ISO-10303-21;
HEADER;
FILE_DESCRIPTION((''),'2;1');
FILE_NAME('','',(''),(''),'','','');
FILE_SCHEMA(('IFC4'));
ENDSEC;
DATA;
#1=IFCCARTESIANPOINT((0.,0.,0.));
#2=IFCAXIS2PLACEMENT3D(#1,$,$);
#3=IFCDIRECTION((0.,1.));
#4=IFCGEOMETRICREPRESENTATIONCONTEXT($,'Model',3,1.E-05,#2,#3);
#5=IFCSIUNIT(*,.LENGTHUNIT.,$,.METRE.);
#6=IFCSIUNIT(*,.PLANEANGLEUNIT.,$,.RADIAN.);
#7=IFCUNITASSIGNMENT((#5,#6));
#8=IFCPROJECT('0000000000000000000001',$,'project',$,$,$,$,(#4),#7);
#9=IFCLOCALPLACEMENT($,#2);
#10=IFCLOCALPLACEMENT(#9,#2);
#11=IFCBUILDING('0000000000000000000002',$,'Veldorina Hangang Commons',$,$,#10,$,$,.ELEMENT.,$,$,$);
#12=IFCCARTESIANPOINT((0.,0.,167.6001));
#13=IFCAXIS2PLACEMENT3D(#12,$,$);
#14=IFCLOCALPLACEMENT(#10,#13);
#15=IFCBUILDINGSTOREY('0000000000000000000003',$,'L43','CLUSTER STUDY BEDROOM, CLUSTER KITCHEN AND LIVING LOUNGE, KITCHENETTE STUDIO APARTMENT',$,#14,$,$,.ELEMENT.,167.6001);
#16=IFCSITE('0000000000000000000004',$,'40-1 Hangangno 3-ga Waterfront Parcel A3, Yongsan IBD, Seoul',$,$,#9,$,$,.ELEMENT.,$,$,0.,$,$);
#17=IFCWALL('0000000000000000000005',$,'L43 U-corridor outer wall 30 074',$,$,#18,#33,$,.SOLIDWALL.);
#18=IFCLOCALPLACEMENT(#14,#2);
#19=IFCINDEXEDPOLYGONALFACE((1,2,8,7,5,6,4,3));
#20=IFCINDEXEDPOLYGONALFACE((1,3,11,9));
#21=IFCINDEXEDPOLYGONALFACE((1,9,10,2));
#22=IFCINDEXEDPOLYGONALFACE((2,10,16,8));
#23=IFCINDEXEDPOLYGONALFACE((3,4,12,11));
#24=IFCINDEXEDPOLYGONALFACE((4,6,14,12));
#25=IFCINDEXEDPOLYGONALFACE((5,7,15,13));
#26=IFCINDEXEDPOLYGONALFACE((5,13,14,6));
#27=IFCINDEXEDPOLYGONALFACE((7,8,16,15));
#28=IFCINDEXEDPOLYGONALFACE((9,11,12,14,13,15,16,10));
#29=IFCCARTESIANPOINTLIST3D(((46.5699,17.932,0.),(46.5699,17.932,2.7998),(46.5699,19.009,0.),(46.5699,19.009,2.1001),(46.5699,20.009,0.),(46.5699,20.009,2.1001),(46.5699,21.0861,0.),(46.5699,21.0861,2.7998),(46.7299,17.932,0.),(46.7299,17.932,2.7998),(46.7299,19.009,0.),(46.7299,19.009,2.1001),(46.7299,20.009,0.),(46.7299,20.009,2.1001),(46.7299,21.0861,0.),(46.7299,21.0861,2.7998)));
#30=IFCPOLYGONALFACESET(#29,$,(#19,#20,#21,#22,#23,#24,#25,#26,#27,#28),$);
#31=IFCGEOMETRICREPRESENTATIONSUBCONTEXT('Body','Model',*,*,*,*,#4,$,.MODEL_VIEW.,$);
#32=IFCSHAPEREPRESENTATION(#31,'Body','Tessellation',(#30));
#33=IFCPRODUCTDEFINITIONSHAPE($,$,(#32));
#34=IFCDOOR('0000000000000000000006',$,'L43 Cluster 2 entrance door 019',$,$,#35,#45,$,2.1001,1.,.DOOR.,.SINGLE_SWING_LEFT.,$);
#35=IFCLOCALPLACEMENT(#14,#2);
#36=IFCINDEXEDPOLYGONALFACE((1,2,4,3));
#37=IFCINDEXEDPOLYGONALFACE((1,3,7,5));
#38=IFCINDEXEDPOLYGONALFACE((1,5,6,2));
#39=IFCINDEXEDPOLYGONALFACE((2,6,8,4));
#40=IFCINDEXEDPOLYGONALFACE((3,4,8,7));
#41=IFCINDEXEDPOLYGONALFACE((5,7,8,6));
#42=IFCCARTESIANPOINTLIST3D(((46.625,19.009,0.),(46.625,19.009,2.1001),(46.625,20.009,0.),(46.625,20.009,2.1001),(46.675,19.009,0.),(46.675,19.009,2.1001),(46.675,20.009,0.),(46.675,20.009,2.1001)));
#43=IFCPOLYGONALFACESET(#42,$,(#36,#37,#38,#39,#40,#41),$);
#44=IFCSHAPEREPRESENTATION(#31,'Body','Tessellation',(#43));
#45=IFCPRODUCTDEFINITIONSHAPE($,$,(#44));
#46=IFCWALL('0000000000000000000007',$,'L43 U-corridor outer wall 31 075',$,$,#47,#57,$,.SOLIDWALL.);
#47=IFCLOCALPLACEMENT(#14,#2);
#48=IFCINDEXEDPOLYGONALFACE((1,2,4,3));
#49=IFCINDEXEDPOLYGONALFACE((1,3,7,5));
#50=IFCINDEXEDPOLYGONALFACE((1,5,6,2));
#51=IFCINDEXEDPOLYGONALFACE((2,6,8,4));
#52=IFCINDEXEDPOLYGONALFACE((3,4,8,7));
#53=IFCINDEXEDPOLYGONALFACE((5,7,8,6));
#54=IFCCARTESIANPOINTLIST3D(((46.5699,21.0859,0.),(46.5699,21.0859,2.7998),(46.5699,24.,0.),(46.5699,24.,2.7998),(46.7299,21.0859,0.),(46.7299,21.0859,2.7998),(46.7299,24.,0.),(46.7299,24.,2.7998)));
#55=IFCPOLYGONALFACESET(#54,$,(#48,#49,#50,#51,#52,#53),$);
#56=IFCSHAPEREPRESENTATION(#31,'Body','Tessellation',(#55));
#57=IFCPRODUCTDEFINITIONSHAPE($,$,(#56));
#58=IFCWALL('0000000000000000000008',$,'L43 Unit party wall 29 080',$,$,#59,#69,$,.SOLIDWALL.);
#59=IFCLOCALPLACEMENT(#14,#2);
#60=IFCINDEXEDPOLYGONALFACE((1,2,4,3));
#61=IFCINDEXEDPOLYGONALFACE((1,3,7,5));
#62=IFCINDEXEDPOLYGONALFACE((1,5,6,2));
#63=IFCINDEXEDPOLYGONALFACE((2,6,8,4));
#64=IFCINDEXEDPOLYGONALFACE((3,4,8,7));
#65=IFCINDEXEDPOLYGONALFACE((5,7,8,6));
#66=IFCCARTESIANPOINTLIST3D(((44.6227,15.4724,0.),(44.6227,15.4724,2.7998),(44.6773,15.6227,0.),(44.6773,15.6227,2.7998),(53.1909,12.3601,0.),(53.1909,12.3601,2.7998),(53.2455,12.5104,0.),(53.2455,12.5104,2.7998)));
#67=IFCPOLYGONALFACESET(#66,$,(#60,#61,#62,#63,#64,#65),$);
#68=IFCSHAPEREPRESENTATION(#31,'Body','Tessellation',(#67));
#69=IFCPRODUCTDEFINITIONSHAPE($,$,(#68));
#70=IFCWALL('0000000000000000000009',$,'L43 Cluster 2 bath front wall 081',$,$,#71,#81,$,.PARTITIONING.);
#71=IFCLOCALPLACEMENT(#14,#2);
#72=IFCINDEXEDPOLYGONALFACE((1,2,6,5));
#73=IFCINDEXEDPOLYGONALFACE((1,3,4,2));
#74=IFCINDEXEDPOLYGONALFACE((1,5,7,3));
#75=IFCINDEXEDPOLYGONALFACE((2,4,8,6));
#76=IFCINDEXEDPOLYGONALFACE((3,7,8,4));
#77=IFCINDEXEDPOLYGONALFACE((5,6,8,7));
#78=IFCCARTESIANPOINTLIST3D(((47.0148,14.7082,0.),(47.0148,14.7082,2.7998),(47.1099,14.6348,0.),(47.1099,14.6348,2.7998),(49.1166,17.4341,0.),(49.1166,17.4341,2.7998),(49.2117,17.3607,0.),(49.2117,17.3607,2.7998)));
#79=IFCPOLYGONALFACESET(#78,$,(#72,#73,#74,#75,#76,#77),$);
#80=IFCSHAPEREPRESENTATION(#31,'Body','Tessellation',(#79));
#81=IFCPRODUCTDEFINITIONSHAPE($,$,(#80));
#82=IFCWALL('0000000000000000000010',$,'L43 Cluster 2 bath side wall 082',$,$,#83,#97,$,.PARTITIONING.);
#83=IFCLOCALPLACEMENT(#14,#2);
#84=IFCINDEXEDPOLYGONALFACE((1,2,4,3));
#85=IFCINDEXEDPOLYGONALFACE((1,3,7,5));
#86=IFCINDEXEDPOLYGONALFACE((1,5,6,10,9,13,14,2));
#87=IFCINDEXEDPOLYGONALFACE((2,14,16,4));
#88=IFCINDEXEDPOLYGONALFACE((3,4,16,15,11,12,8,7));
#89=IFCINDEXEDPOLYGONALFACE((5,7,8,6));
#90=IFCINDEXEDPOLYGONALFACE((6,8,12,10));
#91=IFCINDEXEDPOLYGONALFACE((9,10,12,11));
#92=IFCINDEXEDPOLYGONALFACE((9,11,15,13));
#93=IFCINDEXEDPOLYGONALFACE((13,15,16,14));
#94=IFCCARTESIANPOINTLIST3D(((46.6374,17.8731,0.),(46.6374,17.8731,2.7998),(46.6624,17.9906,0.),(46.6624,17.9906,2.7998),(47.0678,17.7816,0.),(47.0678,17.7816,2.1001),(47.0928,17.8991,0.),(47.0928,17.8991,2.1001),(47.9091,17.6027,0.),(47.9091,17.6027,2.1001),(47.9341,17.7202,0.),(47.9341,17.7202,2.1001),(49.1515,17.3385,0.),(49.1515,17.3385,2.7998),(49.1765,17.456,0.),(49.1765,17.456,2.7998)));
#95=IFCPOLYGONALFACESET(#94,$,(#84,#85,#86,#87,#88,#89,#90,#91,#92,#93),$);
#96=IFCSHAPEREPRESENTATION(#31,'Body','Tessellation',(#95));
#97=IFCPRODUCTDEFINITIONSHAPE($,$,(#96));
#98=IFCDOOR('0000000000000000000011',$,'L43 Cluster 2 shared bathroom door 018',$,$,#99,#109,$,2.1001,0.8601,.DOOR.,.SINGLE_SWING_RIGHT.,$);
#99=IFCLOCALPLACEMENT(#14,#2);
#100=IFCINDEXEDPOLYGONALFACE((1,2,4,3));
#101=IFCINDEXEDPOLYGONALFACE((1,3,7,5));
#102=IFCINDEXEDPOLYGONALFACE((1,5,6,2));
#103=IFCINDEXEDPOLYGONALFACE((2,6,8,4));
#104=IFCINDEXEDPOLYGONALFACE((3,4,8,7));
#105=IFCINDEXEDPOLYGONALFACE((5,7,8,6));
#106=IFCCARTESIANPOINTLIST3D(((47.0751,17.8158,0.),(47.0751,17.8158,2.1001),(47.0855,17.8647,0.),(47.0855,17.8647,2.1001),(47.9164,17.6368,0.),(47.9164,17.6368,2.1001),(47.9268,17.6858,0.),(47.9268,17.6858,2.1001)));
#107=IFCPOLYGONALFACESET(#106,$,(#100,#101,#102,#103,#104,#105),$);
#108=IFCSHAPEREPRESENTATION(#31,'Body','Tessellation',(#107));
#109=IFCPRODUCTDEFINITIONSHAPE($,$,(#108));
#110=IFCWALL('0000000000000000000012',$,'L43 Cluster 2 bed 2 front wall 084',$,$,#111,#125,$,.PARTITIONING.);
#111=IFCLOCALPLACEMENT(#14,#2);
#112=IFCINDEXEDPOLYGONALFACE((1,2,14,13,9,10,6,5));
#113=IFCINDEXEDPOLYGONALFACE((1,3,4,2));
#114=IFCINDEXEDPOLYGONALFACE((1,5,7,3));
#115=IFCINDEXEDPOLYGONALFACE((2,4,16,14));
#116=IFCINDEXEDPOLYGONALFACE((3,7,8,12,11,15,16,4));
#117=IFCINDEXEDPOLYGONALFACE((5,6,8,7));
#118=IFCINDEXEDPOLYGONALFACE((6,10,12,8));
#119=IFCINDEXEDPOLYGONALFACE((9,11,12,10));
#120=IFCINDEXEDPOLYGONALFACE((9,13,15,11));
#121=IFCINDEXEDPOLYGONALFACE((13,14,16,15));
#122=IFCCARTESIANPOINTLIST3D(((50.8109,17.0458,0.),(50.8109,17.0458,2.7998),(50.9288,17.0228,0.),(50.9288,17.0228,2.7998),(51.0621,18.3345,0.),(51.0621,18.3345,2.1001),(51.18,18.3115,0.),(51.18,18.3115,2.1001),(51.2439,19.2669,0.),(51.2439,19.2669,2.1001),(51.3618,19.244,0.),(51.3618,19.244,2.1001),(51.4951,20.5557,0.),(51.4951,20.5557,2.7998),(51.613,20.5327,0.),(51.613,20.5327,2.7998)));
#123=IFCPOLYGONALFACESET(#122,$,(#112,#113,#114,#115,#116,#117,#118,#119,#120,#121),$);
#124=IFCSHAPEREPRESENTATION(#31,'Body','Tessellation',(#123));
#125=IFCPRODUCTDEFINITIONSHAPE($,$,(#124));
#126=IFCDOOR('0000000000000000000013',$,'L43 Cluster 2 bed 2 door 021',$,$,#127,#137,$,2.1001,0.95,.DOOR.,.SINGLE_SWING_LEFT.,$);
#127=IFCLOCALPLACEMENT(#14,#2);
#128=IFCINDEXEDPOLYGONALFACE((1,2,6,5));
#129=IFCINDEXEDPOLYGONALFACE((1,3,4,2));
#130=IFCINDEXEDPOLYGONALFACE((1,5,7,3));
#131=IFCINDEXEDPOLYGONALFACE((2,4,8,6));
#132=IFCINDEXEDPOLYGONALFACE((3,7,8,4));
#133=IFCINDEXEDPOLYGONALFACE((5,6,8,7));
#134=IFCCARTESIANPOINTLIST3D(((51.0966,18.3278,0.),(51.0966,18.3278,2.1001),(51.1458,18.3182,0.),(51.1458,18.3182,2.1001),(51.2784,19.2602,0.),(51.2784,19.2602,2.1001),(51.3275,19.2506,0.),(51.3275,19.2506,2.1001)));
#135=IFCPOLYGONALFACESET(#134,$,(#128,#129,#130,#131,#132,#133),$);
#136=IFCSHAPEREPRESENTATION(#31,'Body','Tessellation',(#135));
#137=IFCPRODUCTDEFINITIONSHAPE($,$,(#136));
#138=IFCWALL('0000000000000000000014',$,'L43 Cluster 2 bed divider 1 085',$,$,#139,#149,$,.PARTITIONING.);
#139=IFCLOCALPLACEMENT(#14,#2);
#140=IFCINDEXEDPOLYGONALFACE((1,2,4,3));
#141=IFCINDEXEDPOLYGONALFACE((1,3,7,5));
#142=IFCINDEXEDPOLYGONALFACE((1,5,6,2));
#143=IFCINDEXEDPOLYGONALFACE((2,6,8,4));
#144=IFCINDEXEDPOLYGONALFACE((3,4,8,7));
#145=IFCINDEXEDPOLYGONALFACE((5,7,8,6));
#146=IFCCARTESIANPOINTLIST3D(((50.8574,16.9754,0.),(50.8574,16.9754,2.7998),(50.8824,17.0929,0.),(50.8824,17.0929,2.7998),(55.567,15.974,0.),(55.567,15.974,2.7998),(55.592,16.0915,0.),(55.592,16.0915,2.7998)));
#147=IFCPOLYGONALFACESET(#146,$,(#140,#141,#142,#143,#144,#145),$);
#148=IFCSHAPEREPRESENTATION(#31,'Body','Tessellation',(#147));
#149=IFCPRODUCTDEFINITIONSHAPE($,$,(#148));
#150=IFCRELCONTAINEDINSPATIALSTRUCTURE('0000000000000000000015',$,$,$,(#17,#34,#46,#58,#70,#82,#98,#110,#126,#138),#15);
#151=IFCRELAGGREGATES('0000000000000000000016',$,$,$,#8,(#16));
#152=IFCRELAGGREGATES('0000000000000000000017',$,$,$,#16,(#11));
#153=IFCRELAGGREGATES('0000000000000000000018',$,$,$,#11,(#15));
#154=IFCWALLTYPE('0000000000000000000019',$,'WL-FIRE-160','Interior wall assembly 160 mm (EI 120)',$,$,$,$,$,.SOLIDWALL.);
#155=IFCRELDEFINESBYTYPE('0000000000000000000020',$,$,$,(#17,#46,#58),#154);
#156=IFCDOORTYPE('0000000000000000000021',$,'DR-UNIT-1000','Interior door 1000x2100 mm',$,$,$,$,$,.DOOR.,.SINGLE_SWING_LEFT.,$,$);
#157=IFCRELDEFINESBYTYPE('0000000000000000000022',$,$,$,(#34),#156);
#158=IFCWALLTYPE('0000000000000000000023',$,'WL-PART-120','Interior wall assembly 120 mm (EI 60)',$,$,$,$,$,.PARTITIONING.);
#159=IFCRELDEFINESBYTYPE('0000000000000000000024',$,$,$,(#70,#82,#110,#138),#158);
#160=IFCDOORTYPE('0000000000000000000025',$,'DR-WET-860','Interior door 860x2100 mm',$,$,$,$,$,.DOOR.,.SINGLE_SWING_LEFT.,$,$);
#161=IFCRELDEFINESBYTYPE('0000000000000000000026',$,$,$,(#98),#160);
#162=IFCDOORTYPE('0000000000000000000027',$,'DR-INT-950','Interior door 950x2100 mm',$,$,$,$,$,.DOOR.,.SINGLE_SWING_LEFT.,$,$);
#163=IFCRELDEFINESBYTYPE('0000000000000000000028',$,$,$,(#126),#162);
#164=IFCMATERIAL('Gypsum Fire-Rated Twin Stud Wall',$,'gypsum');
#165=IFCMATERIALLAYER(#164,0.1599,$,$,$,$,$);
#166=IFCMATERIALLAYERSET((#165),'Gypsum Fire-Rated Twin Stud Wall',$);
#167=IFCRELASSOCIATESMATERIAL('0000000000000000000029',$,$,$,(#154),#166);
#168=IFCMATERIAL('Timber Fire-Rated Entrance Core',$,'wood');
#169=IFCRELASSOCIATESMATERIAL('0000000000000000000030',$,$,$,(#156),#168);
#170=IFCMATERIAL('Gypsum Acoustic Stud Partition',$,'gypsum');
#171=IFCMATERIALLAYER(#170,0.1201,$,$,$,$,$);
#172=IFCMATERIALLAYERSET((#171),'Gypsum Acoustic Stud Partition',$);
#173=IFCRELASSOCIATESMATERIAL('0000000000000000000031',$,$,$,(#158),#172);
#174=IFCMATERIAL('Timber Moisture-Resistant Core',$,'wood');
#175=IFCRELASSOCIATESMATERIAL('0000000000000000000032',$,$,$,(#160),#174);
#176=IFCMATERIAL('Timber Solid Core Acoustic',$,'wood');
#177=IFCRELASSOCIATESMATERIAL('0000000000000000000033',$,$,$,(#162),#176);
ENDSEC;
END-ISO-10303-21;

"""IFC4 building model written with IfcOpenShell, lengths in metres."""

from ifc_helpers import new_model, si_unit, direction, frame, frame_2d, origin, place, context, subcontext, project, spatial, rectangle, extrude, material, layer, layer_set, type_object, element, fill, save


model = new_model("IFC4")

# Units and contexts
model_context = context("Model", 3, precision=1e-05, world=origin(), true_north=direction((0.0, 1.0)))
body_context = subcontext(model_context, "Body", "Model", "MODEL_VIEW")
ifc_project = project(units=[si_unit("LENGTHUNIT", "METRE"), si_unit("PLANEANGLEUNIT", "RADIAN")], contexts=[model_context])

# Site, building, storey
site_placement = place(None, origin())
site = spatial("IfcSite", under=ifc_project, at=site_placement, Name="40-1 Hangangno 3-ga Waterfront Parcel A3, Yongsan IBD, Seoul", CompositionType="ELEMENT", RefElevation=0.0)
building_placement = place(site_placement, origin())
building = spatial("IfcBuilding", under=site, at=building_placement, Name="Veldorina Hangang Commons", CompositionType="ELEMENT")
storey_placement = place(building_placement, frame((0.0, 0.0, 167.6001)))
storey = spatial("IfcBuildingStorey", under=building, at=storey_placement, Name="L43", Description="CLUSTER STUDY BEDROOM, CLUSTER KITCHEN AND LIVING LOUNGE, KITCHENETTE STUDIO APARTMENT", CompositionType="ELEMENT", Elevation=167.6001)

# Wall, opening, door
ifc_material_1 = material(Name="Gypsum Fire-Rated Twin Stud Wall", Category="gypsum")
ifc_layer_1 = layer(ifc_material_1, 0.1599)
ifc_layer_set_1 = layer_set([ifc_layer_1], Name="Gypsum Fire-Rated Twin Stud Wall")
wall_type_1 = type_object("IfcWallType", Name="WL-FIRE-160", Description="Interior wall assembly 160 mm (EI 120)", PredefinedType="SOLIDWALL", material=ifc_layer_set_1)
wall_1_placement = place(storey_placement, frame((46.6499, 17.9319, 0.0), z_axis=(0.0, 0.0, 1.0), x_axis=(0.0, 1.0, 0.0)))
wall_1 = element("IfcWall", 1, at=wall_1_placement, inside=storey, type_object=wall_type_1, Name="L43 U-corridor outer wall 30 074", PredefinedType="SOLIDWALL", context=body_context, shape_type="SweptSolid", body=[
    extrude(rectangle(XDim=3.1541, YDim=0.1599, at=frame_2d((1.5771, 0.0))), origin(), (0.0, 0.0, 1.0), 2.7998),
])
opening_1_placement = place(wall_1_placement, frame((1.0771, 0.0, 0.0)))
opening_1 = element("IfcOpeningElement", 2, at=opening_1_placement, cuts=wall_1, PredefinedType="OPENING", context=body_context, shape_type="SweptSolid", body=[
    extrude(rectangle(XDim=1.0, YDim=2.1001, at=frame_2d((0.5, 1.05))), frame((0.0, 0.0898, 0.0), z_axis=(0.0, -1.0, 0.0), x_axis=(1.0, 0.0, 0.0)), (0.0, 0.0, 1.0), 0.1799),
])
ifc_material_2 = material(Name="Timber Fire-Rated Entrance Core", Category="wood")
door_type_1 = type_object("IfcDoorType", Name="DR-UNIT-1000", Description="Interior door 1000x2100 mm", OperationType="SINGLE_SWING_LEFT", PredefinedType="DOOR", material=ifc_material_2)
door_1_placement = place(opening_1_placement, origin())
door_1 = element("IfcDoor", 3, at=door_1_placement, inside=storey, type_object=door_type_1, Name="L43 Cluster 2 entrance door 019", OperationType="SINGLE_SWING_LEFT", OverallHeight=2.1001, OverallWidth=1.0, PredefinedType="DOOR", context=body_context, shape_type="SweptSolid", body=[
    extrude(rectangle(XDim=1.0, YDim=2.1001, at=frame_2d((0.5, 1.05))), frame((0.0, 0.0249, 0.0), z_axis=(0.0, -1.0, 0.0), x_axis=(1.0, 0.0, 0.0)), (0.0, 0.0, 1.0), 0.05),
])
fill(opening_1, door_1)

# Walls
wall_2_placement = place(storey_placement, frame((46.6499, 21.0859, 0.0), z_axis=(0.0, 0.0, 1.0), x_axis=(0.0, 1.0, 0.0)))
element("IfcWall", 4, at=wall_2_placement, inside=storey, type_object=wall_type_1, Name="L43 U-corridor outer wall 31 075", PredefinedType="SOLIDWALL", context=body_context, shape_type="SweptSolid", body=[
    extrude(rectangle(XDim=2.9141, YDim=0.1599, at=frame_2d((1.457, 0.0))), origin(), (0.0, 0.0, 1.0), 2.7998),
])
wall_3_placement = place(storey_placement, frame((44.6499, 15.5476, 0.0), z_axis=(0.0, 0.0, 1.0), x_axis=(0.939912, -0.341416, 0.0)))
element("IfcWall", 5, at=wall_3_placement, inside=storey, type_object=wall_type_1, Name="L43 Unit party wall 29 080", PredefinedType="SOLIDWALL", context=body_context, shape_type="SweptSolid", body=[
    extrude(rectangle(XDim=9.116, YDim=0.1599, at=frame_2d((4.5581, 0.0))), origin(), (0.0, 0.0, 1.0), 2.7998),
])
ifc_material_3 = material(Name="Gypsum Acoustic Stud Partition", Category="gypsum")
ifc_layer_2 = layer(ifc_material_3, 0.1201)
ifc_layer_set_2 = layer_set([ifc_layer_2], Name="Gypsum Acoustic Stud Partition")
wall_type_2 = type_object("IfcWallType", Name="WL-PART-120", Description="Interior wall assembly 120 mm (EI 60)", PredefinedType="PARTITIONING", material=ifc_layer_set_2)
wall_4_placement = place(storey_placement, frame((47.0623, 14.6714, 0.0), z_axis=(0.0, 0.0, 1.0), x_axis=(0.610626, 0.791919, 0.0)))
element("IfcWall", 6, at=wall_4_placement, inside=storey, type_object=wall_type_2, Name="L43 Cluster 2 bath front wall 081", PredefinedType="PARTITIONING", context=body_context, shape_type="SweptSolid", body=[
    extrude(rectangle(XDim=3.4421, YDim=0.1201, at=frame_2d((1.7212, 0.0))), origin(), (0.0, 0.0, 1.0), 2.7998),
])

# Walls, openings, doors
wall_5_placement = place(storey_placement, frame((46.6499, 17.9319, 0.0), z_axis=(0.0, 0.0, 1.0), x_axis=(0.978126, -0.208011, 0.0)))
wall_5 = element("IfcWall", 7, at=wall_5_placement, inside=storey, type_object=wall_type_2, Name="L43 Cluster 2 bath side wall 082", PredefinedType="PARTITIONING", context=body_context, shape_type="SweptSolid", body=[
    extrude(rectangle(XDim=2.5703, YDim=0.1201, at=frame_2d((1.2852, 0.0))), origin(), (0.0, 0.0, 1.0), 2.7998),
])
opening_2_placement = place(wall_5_placement, frame((0.4399, 0.0, 0.0)))
opening_2 = element("IfcOpeningElement", 8, at=opening_2_placement, cuts=wall_5, PredefinedType="OPENING", context=body_context, shape_type="SweptSolid", body=[
    extrude(rectangle(XDim=0.8601, YDim=2.1001, at=frame_2d((0.4302, 1.05))), frame((0.0, 0.0701, 0.0), z_axis=(0.0, -1.0, 0.0), x_axis=(1.0, 0.0, 0.0)), (0.0, 0.0, 1.0), 0.1401),
])
ifc_material_4 = material(Name="Timber Moisture-Resistant Core", Category="wood")
door_type_2 = type_object("IfcDoorType", Name="DR-WET-860", Description="Interior door 860x2100 mm", OperationType="SINGLE_SWING_LEFT", PredefinedType="DOOR", material=ifc_material_4)
door_2_placement = place(opening_2_placement, origin())
door_2 = element("IfcDoor", 9, at=door_2_placement, inside=storey, type_object=door_type_2, Name="L43 Cluster 2 shared bathroom door 018", OperationType="SINGLE_SWING_RIGHT", OverallHeight=2.1001, OverallWidth=0.8601, PredefinedType="DOOR", context=body_context, shape_type="SweptSolid", body=[
    extrude(rectangle(XDim=0.8601, YDim=2.1001, at=frame_2d((0.4302, 1.05))), frame((0.0, 0.0249, 0.0), z_axis=(0.0, -1.0, 0.0), x_axis=(1.0, 0.0, 0.0)), (0.0, 0.0, 1.0), 0.05),
])
fill(opening_2, door_2)
wall_6_placement = place(storey_placement, frame((50.8699, 17.0342, 0.0), z_axis=(0.0, 0.0, 1.0), x_axis=(0.191308, 0.98153, 0.0)))
wall_6 = element("IfcWall", 10, at=wall_6_placement, inside=storey, type_object=wall_type_2, Name="L43 Cluster 2 bed 2 front wall 084", PredefinedType="PARTITIONING", context=body_context, shape_type="SweptSolid", body=[
    extrude(rectangle(XDim=3.5759, YDim=0.1201, at=frame_2d((1.7881, 0.0))), origin(), (0.0, 0.0, 1.0), 2.7998),
])
opening_3_placement = place(wall_6_placement, frame((1.313, 0.0, 0.0)))
opening_3 = element("IfcOpeningElement", 11, at=opening_3_placement, cuts=wall_6, PredefinedType="OPENING", context=body_context, shape_type="SweptSolid", body=[
    extrude(rectangle(XDim=0.95, YDim=2.1001, at=frame_2d((0.4751, 1.05))), frame((0.0, 0.0701, 0.0), z_axis=(0.0, -1.0, 0.0), x_axis=(1.0, 0.0, 0.0)), (0.0, 0.0, 1.0), 0.1401),
])
ifc_material_5 = material(Name="Timber Solid Core Acoustic", Category="wood")
door_type_3 = type_object("IfcDoorType", Name="DR-INT-950", Description="Interior door 950x2100 mm", OperationType="SINGLE_SWING_LEFT", PredefinedType="DOOR", material=ifc_material_5)
door_3_placement = place(opening_3_placement, origin())
door_3 = element("IfcDoor", 12, at=door_3_placement, inside=storey, type_object=door_type_3, Name="L43 Cluster 2 bed 2 door 021", OperationType="SINGLE_SWING_LEFT", OverallHeight=2.1001, OverallWidth=0.95, PredefinedType="DOOR", context=body_context, shape_type="SweptSolid", body=[
    extrude(rectangle(XDim=0.95, YDim=2.1001, at=frame_2d((0.4751, 1.05))), frame((0.0, 0.0249, 0.0), z_axis=(0.0, -1.0, 0.0), x_axis=(1.0, 0.0, 0.0)), (0.0, 0.0, 1.0), 0.05),
])
fill(opening_3, door_3)

# Wall
wall_7_placement = place(storey_placement, frame((50.8699, 17.0342, 0.0), z_axis=(0.0, 0.0, 1.0), x_axis=(0.978131, -0.207988, 0.0)))
element("IfcWall", 13, at=wall_7_placement, inside=storey, type_object=wall_type_2, Name="L43 Cluster 2 bed divider 1 085", PredefinedType="PARTITIONING", context=body_context, shape_type="SweptSolid", body=[
    extrude(rectangle(XDim=4.8149, YDim=0.1201, at=frame_2d((2.4075, 0.0))), origin(), (0.0, 0.0, 1.0), 2.7998),
])

save(model, "model.ifc")
